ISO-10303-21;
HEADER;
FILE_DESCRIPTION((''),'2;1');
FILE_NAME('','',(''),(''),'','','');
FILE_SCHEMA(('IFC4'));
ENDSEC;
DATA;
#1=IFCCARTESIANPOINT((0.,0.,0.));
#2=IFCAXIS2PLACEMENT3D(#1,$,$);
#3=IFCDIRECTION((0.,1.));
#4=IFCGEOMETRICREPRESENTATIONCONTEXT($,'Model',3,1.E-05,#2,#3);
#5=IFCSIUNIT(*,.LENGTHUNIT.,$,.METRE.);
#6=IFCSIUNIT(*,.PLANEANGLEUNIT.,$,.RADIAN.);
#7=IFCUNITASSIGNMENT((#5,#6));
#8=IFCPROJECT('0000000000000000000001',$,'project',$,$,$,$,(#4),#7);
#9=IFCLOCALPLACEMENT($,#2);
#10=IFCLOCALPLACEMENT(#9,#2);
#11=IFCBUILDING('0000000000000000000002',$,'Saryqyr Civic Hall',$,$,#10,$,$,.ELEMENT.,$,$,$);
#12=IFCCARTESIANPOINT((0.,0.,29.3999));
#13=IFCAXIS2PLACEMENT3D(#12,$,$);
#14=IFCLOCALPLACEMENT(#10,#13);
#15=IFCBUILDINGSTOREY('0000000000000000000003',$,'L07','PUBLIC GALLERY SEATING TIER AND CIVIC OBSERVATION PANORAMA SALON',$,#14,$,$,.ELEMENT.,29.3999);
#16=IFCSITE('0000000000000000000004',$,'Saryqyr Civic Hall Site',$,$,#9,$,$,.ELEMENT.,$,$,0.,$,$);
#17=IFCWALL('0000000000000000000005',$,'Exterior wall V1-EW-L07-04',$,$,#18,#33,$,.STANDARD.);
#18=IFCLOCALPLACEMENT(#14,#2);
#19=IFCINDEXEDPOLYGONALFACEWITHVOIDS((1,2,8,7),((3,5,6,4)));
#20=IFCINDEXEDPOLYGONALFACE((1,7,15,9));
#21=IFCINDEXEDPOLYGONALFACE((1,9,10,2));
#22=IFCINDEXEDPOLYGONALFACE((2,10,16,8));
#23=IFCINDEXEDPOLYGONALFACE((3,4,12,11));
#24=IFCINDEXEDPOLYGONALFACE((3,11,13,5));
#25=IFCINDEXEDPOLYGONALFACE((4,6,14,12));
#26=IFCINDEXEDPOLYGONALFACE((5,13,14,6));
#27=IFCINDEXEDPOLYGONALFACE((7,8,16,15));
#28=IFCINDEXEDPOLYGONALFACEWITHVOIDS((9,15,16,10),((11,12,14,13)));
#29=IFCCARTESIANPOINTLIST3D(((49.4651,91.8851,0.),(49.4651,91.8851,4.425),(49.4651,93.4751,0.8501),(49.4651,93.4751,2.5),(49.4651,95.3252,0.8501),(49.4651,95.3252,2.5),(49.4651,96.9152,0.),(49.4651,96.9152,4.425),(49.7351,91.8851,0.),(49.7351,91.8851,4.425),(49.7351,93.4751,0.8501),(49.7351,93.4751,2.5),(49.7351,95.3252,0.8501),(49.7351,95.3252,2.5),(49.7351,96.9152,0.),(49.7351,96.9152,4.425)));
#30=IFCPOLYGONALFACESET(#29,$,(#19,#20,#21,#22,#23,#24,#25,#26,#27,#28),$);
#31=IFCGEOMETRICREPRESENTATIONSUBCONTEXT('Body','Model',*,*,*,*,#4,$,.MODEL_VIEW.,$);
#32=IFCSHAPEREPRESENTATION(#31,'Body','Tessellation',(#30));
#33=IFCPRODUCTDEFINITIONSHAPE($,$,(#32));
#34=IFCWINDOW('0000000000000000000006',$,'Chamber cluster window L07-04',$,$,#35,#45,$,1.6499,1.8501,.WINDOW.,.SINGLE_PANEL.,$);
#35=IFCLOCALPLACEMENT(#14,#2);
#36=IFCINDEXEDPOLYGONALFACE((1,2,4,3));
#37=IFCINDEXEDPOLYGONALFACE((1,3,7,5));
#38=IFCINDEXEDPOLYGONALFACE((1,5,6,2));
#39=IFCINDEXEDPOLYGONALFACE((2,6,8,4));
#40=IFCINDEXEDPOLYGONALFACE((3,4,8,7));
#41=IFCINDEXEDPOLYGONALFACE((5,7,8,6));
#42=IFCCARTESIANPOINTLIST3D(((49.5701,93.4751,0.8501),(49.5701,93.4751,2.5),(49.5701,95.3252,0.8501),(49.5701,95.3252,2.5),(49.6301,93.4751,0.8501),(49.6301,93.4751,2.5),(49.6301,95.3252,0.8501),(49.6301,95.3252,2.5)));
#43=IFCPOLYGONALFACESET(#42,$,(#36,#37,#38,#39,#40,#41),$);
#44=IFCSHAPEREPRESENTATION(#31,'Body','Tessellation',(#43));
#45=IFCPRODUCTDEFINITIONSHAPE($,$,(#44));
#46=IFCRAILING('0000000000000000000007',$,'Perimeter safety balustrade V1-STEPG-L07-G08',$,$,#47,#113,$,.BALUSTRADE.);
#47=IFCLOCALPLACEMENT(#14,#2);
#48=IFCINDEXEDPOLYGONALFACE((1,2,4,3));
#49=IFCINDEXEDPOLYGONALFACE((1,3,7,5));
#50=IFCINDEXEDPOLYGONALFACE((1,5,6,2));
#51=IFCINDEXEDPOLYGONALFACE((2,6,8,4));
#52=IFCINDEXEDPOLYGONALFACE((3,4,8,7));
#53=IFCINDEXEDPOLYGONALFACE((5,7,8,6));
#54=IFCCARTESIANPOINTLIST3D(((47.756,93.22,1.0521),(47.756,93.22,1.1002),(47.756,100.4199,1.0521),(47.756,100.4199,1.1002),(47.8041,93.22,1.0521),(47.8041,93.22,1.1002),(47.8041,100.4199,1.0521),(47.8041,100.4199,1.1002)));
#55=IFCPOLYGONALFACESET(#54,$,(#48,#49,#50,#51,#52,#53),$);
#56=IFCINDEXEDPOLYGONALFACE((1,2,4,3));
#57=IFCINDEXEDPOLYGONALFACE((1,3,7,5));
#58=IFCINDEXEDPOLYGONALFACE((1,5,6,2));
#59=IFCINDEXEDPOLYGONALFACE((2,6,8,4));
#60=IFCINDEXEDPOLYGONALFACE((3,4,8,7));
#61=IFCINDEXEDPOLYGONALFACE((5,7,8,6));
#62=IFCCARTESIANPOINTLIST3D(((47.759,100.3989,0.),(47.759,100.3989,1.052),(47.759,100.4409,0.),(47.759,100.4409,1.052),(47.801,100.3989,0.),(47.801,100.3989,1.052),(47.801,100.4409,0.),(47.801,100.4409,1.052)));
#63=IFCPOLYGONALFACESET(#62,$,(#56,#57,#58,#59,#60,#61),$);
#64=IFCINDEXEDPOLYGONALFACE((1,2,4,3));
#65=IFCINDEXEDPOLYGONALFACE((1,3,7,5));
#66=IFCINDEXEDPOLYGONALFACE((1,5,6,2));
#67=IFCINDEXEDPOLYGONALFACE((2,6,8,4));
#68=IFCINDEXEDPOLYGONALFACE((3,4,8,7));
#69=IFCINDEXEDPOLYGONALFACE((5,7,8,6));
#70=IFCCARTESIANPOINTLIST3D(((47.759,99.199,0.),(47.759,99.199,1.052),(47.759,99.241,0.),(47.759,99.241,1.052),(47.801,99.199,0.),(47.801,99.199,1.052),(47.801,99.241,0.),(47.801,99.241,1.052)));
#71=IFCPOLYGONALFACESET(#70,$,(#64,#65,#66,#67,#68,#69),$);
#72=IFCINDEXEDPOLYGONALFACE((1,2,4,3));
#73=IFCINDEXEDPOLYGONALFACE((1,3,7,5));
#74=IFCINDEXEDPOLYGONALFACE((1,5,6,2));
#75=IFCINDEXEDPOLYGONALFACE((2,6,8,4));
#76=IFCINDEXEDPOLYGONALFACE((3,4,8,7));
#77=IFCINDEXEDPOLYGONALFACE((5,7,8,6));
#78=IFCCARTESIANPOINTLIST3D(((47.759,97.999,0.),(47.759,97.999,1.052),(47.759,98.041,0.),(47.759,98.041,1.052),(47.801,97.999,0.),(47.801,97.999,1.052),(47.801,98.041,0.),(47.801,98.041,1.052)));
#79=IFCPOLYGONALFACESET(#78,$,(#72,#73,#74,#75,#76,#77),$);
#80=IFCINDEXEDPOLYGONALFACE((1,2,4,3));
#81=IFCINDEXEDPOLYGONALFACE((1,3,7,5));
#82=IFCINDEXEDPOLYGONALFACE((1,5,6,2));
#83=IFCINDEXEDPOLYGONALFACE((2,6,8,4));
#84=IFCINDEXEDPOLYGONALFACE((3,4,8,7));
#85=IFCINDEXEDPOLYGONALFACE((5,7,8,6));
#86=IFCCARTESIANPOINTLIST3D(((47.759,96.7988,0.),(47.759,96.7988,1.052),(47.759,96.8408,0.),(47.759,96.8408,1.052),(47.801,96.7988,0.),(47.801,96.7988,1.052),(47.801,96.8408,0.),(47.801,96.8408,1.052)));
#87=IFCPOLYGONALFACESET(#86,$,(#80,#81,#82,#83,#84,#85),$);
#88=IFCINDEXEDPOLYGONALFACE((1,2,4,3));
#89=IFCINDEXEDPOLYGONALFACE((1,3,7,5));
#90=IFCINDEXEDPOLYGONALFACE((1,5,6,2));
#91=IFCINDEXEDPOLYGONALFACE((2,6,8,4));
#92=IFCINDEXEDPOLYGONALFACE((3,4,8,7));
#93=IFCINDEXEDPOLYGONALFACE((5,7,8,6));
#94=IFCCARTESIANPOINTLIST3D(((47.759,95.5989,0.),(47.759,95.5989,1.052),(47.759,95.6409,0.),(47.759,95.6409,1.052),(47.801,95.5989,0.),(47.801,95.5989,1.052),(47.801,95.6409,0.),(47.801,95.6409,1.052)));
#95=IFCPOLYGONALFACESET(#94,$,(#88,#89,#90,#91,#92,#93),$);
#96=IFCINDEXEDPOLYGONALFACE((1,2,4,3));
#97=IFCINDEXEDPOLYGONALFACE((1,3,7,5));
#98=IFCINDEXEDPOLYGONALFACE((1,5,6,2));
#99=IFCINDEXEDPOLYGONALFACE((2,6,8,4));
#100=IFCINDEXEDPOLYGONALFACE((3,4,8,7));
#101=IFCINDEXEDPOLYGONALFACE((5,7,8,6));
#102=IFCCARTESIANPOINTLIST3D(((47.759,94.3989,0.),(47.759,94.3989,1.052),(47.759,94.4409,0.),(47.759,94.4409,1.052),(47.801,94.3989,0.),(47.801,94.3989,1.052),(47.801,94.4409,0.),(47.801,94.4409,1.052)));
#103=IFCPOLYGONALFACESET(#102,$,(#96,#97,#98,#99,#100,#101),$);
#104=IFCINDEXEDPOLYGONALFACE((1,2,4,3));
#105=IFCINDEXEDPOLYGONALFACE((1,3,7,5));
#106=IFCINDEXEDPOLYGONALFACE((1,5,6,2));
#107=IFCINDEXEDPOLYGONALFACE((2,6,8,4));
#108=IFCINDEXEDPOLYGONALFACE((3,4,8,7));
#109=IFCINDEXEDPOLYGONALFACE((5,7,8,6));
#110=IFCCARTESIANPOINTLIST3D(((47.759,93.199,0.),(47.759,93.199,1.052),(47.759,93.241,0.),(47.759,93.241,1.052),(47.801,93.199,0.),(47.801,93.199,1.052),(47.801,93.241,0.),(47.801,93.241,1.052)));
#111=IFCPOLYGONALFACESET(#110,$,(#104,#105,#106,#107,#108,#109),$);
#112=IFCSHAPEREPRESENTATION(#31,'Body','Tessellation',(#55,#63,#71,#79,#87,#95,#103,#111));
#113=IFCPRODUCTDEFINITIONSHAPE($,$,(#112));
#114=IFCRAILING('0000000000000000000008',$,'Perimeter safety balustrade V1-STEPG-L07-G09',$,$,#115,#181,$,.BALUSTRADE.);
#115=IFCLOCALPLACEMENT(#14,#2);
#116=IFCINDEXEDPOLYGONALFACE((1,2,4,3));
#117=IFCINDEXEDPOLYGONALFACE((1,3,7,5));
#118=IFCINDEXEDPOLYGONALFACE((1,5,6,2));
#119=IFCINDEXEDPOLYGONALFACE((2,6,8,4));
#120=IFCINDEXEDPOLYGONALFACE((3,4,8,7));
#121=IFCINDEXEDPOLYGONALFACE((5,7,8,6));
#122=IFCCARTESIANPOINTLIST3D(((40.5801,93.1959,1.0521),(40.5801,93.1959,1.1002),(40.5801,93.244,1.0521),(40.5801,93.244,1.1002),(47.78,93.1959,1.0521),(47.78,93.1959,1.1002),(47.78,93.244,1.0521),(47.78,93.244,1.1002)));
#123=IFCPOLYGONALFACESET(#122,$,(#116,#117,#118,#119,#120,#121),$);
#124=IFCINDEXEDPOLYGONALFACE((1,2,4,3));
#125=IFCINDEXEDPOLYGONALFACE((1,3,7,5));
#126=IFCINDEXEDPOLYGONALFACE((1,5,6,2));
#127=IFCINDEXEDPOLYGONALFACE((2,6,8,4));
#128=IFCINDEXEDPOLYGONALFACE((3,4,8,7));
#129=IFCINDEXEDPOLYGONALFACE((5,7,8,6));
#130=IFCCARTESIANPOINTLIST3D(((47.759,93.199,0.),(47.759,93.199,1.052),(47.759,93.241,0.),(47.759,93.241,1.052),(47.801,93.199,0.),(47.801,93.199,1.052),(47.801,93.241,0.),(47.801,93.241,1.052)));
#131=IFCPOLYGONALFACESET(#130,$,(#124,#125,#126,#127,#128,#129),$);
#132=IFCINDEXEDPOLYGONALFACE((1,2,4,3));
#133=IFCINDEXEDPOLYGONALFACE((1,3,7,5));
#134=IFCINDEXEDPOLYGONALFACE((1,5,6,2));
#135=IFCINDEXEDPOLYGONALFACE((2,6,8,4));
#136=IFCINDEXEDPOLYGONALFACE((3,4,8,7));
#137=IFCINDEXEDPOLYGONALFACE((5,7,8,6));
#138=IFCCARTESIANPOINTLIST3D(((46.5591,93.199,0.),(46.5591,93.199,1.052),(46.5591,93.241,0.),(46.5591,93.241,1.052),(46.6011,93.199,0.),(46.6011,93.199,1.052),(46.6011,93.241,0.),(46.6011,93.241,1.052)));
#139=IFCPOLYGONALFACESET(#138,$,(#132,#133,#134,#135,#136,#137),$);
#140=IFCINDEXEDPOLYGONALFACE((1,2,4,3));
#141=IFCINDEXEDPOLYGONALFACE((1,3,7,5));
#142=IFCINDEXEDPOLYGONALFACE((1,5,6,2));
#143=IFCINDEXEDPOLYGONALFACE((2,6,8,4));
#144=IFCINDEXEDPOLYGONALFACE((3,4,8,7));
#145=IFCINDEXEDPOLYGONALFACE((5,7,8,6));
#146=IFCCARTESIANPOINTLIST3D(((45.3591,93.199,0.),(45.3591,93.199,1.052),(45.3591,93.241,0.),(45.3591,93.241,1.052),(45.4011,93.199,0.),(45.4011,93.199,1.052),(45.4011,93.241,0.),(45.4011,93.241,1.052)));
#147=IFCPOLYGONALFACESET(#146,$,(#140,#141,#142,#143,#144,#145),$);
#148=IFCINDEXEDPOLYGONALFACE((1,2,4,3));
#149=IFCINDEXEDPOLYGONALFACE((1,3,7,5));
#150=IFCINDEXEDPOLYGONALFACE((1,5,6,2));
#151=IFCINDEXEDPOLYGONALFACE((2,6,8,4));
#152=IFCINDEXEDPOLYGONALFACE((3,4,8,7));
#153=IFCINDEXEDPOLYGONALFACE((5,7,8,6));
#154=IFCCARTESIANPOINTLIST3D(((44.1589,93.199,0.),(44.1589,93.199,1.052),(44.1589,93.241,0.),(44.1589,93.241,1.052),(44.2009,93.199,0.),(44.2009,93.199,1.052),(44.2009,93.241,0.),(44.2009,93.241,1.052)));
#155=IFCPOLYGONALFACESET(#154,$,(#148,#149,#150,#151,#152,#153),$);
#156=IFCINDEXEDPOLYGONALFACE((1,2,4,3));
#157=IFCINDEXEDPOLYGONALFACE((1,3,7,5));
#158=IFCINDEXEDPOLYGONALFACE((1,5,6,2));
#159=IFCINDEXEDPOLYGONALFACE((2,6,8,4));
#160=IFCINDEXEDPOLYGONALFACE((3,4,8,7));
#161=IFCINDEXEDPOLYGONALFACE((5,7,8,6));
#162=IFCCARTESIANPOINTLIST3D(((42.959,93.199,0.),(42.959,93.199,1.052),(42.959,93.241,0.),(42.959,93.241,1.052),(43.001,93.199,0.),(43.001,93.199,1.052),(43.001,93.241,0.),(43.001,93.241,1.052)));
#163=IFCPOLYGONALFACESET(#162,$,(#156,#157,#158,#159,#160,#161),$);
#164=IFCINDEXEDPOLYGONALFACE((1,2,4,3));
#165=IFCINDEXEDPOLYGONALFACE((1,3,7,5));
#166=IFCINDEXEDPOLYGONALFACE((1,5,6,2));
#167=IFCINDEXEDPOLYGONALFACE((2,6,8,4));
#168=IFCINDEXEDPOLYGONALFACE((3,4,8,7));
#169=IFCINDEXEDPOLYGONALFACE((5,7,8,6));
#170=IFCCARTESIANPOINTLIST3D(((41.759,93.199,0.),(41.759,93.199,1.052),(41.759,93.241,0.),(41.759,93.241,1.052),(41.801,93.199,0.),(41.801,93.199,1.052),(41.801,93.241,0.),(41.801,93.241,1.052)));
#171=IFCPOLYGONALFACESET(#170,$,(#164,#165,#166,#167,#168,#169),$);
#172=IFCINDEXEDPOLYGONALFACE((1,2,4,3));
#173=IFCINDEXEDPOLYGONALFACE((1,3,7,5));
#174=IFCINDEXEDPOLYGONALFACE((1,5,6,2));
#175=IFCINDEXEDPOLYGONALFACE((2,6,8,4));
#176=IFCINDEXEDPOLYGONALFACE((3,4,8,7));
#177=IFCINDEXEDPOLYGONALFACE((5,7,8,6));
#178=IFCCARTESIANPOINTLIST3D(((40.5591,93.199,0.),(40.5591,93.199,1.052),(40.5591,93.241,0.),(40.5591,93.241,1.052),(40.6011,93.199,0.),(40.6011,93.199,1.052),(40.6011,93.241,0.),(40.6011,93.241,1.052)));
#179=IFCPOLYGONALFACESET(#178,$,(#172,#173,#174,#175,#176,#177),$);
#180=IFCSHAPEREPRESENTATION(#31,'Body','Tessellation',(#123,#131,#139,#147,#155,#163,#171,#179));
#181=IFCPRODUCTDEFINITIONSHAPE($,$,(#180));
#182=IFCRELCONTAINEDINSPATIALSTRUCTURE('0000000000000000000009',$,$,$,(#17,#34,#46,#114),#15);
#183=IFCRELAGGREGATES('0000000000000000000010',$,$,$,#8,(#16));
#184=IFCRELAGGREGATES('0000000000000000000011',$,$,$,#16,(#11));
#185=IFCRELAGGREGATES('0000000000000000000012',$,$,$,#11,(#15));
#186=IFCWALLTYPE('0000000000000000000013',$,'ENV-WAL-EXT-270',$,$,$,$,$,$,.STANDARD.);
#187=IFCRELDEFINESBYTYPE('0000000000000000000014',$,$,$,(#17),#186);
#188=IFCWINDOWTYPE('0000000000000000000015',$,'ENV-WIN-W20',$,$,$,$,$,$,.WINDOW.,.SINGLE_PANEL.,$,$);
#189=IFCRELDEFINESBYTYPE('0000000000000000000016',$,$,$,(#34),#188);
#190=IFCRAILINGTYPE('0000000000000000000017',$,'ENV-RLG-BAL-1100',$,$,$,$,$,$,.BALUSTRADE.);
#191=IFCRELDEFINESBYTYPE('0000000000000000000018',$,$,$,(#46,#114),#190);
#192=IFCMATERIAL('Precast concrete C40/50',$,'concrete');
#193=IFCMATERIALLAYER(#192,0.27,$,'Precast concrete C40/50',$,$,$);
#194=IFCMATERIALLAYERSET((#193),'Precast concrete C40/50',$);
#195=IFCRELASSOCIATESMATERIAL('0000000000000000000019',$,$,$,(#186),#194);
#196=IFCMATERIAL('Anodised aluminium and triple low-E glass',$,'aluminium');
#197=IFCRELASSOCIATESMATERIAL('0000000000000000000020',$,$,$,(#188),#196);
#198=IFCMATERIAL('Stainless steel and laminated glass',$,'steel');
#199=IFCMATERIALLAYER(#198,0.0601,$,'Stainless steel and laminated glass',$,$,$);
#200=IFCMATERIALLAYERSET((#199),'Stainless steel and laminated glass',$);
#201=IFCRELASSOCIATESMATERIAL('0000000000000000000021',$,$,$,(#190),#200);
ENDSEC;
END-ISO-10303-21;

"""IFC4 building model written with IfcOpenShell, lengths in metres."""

from ifc_helpers import new_model, si_unit, direction, frame, frame_2d, origin, origin_2d, place, context, subcontext, project, spatial, rectangle, extrude, material, layer, layer_set, type_object, element, fill, save


model = new_model("IFC4")

# Units and contexts
model_context = context("Model", 3, precision=1e-05, world=origin(), true_north=direction((0.0, 1.0)))
body_context = subcontext(model_context, "Body", "Model", "MODEL_VIEW")
ifc_project = project(units=[si_unit("LENGTHUNIT", "METRE"), si_unit("PLANEANGLEUNIT", "RADIAN")], contexts=[model_context])

# Site, building, storey
site_placement = place(None, origin())
site = spatial("IfcSite", under=ifc_project, at=site_placement, Name="Saryqyr Civic Hall Site", CompositionType="ELEMENT", RefElevation=0.0)
building_placement = place(site_placement, origin())
building = spatial("IfcBuilding", under=site, at=building_placement, Name="Saryqyr Civic Hall", CompositionType="ELEMENT")
storey_placement = place(building_placement, frame((0.0, 0.0, 29.3999)))
storey = spatial("IfcBuildingStorey", under=building, at=storey_placement, Name="L07", Description="PUBLIC GALLERY SEATING TIER AND CIVIC OBSERVATION PANORAMA SALON", CompositionType="ELEMENT", Elevation=29.3999)

# Wall, opening, window
ifc_material_1 = material(Name="Precast concrete C40/50", Category="concrete")
ifc_layer_1 = layer(ifc_material_1, 0.27, Name="Precast concrete C40/50")
ifc_layer_set_1 = layer_set([ifc_layer_1], Name="Precast concrete C40/50")
wall_type = type_object("IfcWallType", Name="ENV-WAL-EXT-270", PredefinedType="STANDARD", material=ifc_layer_set_1)
wall_placement = place(storey_placement, frame((49.6001, 91.885, 0.0), z_axis=(0.0, 0.0, 1.0), x_axis=(0.0, 1.0, 0.0)))
wall = element("IfcWall", 1, at=wall_placement, inside=storey, type_object=wall_type, Name="Exterior wall V1-EW-L07-04", PredefinedType="STANDARD", context=body_context, shape_type="SweptSolid", body=[
    extrude(rectangle(XDim=5.03, YDim=0.27, at=frame_2d((2.5151, 0.0))), origin(), (0.0, 0.0, 1.0), 4.425),
])
opening_placement = place(wall_placement, frame((1.5901, 0.0, 0.8501)))
opening = element("IfcOpeningElement", 2, at=opening_placement, cuts=wall, PredefinedType="OPENING", context=body_context, shape_type="SweptSolid", body=[
    extrude(rectangle(XDim=1.8501, YDim=1.6499, at=frame_2d((0.925, 0.825))), frame((0.0, 0.145, 0.0), z_axis=(0.0, -1.0, 0.0), x_axis=(1.0, 0.0, 0.0)), (0.0, 0.0, 1.0), 0.29),
])
ifc_material_2 = material(Name="Anodised aluminium and triple low-E glass", Category="aluminium")
window_type = type_object("IfcWindowType", Name="ENV-WIN-W20", PartitioningType="SINGLE_PANEL", PredefinedType="WINDOW", material=ifc_material_2)
window_placement = place(opening_placement, origin())
window = element("IfcWindow", 3, at=window_placement, inside=storey, type_object=window_type, Name="Chamber cluster window L07-04", OverallHeight=1.6499, OverallWidth=1.8501, PartitioningType="SINGLE_PANEL", PredefinedType="WINDOW", context=body_context, shape_type="SweptSolid", body=[
    extrude(rectangle(XDim=1.8501, YDim=1.6499, at=frame_2d((0.925, 0.825))), frame((0.0, 0.03, 0.0), z_axis=(0.0, -1.0, 0.0), x_axis=(1.0, 0.0, 0.0)), (0.0, 0.0, 1.0), 0.0601),
])
fill(opening, window)

# Railings
ifc_material_3 = material(Name="Stainless steel and laminated glass", Category="steel")
ifc_layer_2 = layer(ifc_material_3, 0.0601, Name="Stainless steel and laminated glass")
ifc_layer_set_2 = layer_set([ifc_layer_2], Name="Stainless steel and laminated glass")
railing_type_1 = type_object("IfcRailingType", Name="ENV-RLG-BAL-1100", PredefinedType="BALUSTRADE", material=ifc_layer_set_2)
railing_1_placement = place(storey_placement, frame((47.78, 100.4199, 0.0)))
element("IfcRailing", 4, at=railing_1_placement, inside=storey, type_object=railing_type_1, Name="Perimeter safety balustrade V1-STEPG-L07-G08", PredefinedType="BALUSTRADE", context=body_context, shape_type="SweptSolid", body=[
    extrude(rectangle(XDim=0.0481, YDim=0.0481, at=origin_2d()), frame((0.0, 0.0, 1.0762), z_axis=(0.0, -1.0, 0.0), x_axis=(1.0, 0.0, 0.0)), (0.0, 0.0, 1.0), 7.2),
    extrude(rectangle(XDim=0.042, YDim=0.042, at=origin_2d()), origin(), (0.0, 0.0, 1.0), 1.052),
    extrude(rectangle(XDim=0.042, YDim=0.042, at=origin_2d()), frame((0.0, -1.2, 0.0)), (0.0, 0.0, 1.0), 1.052),
    extrude(rectangle(XDim=0.042, YDim=0.042, at=origin_2d()), frame((0.0, -2.3999, 0.0)), (0.0, 0.0, 1.0), 1.052),
    extrude(rectangle(XDim=0.042, YDim=0.042, at=origin_2d()), frame((0.0, -3.6001, 0.0)), (0.0, 0.0, 1.0), 1.052),
    extrude(rectangle(XDim=0.042, YDim=0.042, at=origin_2d()), frame((0.0, -4.8, 0.0)), (0.0, 0.0, 1.0), 1.052),
    extrude(rectangle(XDim=0.042, YDim=0.042, at=origin_2d()), frame((0.0, -6.0, 0.0)), (0.0, 0.0, 1.0), 1.052),
    extrude(rectangle(XDim=0.042, YDim=0.042, at=origin_2d()), frame((0.0, -7.2, 0.0)), (0.0, 0.0, 1.0), 1.052),
])
railing_2_placement = place(storey_placement, frame((47.78, 93.22, 0.0)))
element("IfcRailing", 5, at=railing_2_placement, inside=storey, type_object=railing_type_1, Name="Perimeter safety balustrade V1-STEPG-L07-G09", PredefinedType="BALUSTRADE", context=body_context, shape_type="SweptSolid", body=[
    extrude(rectangle(XDim=0.0481, YDim=0.0481, at=origin_2d()), frame((0.0, 0.0, 1.0762), z_axis=(-1.0, 0.0, 0.0), x_axis=(0.0, -1.0, 0.0)), (0.0, 0.0, 1.0), 7.2),
    extrude(rectangle(XDim=0.042, YDim=0.042, at=origin_2d()), origin(), (0.0, 0.0, 1.0), 1.052),
    extrude(rectangle(XDim=0.042, YDim=0.042, at=origin_2d()), frame((-1.2, 0.0, 0.0)), (0.0, 0.0, 1.0), 1.052),
    extrude(rectangle(XDim=0.042, YDim=0.042, at=origin_2d()), frame((-2.3999, 0.0, 0.0)), (0.0, 0.0, 1.0), 1.052),
    extrude(rectangle(XDim=0.042, YDim=0.042, at=origin_2d()), frame((-3.6001, 0.0, 0.0)), (0.0, 0.0, 1.0), 1.052),
    extrude(rectangle(XDim=0.042, YDim=0.042, at=origin_2d()), frame((-4.8, 0.0, 0.0)), (0.0, 0.0, 1.0), 1.052),
    extrude(rectangle(XDim=0.042, YDim=0.042, at=origin_2d()), frame((-6.0, 0.0, 0.0)), (0.0, 0.0, 1.0), 1.052),
    extrude(rectangle(XDim=0.042, YDim=0.042, at=origin_2d()), frame((-7.2, 0.0, 0.0)), (0.0, 0.0, 1.0), 1.052),
])

save(model, "model.ifc")
